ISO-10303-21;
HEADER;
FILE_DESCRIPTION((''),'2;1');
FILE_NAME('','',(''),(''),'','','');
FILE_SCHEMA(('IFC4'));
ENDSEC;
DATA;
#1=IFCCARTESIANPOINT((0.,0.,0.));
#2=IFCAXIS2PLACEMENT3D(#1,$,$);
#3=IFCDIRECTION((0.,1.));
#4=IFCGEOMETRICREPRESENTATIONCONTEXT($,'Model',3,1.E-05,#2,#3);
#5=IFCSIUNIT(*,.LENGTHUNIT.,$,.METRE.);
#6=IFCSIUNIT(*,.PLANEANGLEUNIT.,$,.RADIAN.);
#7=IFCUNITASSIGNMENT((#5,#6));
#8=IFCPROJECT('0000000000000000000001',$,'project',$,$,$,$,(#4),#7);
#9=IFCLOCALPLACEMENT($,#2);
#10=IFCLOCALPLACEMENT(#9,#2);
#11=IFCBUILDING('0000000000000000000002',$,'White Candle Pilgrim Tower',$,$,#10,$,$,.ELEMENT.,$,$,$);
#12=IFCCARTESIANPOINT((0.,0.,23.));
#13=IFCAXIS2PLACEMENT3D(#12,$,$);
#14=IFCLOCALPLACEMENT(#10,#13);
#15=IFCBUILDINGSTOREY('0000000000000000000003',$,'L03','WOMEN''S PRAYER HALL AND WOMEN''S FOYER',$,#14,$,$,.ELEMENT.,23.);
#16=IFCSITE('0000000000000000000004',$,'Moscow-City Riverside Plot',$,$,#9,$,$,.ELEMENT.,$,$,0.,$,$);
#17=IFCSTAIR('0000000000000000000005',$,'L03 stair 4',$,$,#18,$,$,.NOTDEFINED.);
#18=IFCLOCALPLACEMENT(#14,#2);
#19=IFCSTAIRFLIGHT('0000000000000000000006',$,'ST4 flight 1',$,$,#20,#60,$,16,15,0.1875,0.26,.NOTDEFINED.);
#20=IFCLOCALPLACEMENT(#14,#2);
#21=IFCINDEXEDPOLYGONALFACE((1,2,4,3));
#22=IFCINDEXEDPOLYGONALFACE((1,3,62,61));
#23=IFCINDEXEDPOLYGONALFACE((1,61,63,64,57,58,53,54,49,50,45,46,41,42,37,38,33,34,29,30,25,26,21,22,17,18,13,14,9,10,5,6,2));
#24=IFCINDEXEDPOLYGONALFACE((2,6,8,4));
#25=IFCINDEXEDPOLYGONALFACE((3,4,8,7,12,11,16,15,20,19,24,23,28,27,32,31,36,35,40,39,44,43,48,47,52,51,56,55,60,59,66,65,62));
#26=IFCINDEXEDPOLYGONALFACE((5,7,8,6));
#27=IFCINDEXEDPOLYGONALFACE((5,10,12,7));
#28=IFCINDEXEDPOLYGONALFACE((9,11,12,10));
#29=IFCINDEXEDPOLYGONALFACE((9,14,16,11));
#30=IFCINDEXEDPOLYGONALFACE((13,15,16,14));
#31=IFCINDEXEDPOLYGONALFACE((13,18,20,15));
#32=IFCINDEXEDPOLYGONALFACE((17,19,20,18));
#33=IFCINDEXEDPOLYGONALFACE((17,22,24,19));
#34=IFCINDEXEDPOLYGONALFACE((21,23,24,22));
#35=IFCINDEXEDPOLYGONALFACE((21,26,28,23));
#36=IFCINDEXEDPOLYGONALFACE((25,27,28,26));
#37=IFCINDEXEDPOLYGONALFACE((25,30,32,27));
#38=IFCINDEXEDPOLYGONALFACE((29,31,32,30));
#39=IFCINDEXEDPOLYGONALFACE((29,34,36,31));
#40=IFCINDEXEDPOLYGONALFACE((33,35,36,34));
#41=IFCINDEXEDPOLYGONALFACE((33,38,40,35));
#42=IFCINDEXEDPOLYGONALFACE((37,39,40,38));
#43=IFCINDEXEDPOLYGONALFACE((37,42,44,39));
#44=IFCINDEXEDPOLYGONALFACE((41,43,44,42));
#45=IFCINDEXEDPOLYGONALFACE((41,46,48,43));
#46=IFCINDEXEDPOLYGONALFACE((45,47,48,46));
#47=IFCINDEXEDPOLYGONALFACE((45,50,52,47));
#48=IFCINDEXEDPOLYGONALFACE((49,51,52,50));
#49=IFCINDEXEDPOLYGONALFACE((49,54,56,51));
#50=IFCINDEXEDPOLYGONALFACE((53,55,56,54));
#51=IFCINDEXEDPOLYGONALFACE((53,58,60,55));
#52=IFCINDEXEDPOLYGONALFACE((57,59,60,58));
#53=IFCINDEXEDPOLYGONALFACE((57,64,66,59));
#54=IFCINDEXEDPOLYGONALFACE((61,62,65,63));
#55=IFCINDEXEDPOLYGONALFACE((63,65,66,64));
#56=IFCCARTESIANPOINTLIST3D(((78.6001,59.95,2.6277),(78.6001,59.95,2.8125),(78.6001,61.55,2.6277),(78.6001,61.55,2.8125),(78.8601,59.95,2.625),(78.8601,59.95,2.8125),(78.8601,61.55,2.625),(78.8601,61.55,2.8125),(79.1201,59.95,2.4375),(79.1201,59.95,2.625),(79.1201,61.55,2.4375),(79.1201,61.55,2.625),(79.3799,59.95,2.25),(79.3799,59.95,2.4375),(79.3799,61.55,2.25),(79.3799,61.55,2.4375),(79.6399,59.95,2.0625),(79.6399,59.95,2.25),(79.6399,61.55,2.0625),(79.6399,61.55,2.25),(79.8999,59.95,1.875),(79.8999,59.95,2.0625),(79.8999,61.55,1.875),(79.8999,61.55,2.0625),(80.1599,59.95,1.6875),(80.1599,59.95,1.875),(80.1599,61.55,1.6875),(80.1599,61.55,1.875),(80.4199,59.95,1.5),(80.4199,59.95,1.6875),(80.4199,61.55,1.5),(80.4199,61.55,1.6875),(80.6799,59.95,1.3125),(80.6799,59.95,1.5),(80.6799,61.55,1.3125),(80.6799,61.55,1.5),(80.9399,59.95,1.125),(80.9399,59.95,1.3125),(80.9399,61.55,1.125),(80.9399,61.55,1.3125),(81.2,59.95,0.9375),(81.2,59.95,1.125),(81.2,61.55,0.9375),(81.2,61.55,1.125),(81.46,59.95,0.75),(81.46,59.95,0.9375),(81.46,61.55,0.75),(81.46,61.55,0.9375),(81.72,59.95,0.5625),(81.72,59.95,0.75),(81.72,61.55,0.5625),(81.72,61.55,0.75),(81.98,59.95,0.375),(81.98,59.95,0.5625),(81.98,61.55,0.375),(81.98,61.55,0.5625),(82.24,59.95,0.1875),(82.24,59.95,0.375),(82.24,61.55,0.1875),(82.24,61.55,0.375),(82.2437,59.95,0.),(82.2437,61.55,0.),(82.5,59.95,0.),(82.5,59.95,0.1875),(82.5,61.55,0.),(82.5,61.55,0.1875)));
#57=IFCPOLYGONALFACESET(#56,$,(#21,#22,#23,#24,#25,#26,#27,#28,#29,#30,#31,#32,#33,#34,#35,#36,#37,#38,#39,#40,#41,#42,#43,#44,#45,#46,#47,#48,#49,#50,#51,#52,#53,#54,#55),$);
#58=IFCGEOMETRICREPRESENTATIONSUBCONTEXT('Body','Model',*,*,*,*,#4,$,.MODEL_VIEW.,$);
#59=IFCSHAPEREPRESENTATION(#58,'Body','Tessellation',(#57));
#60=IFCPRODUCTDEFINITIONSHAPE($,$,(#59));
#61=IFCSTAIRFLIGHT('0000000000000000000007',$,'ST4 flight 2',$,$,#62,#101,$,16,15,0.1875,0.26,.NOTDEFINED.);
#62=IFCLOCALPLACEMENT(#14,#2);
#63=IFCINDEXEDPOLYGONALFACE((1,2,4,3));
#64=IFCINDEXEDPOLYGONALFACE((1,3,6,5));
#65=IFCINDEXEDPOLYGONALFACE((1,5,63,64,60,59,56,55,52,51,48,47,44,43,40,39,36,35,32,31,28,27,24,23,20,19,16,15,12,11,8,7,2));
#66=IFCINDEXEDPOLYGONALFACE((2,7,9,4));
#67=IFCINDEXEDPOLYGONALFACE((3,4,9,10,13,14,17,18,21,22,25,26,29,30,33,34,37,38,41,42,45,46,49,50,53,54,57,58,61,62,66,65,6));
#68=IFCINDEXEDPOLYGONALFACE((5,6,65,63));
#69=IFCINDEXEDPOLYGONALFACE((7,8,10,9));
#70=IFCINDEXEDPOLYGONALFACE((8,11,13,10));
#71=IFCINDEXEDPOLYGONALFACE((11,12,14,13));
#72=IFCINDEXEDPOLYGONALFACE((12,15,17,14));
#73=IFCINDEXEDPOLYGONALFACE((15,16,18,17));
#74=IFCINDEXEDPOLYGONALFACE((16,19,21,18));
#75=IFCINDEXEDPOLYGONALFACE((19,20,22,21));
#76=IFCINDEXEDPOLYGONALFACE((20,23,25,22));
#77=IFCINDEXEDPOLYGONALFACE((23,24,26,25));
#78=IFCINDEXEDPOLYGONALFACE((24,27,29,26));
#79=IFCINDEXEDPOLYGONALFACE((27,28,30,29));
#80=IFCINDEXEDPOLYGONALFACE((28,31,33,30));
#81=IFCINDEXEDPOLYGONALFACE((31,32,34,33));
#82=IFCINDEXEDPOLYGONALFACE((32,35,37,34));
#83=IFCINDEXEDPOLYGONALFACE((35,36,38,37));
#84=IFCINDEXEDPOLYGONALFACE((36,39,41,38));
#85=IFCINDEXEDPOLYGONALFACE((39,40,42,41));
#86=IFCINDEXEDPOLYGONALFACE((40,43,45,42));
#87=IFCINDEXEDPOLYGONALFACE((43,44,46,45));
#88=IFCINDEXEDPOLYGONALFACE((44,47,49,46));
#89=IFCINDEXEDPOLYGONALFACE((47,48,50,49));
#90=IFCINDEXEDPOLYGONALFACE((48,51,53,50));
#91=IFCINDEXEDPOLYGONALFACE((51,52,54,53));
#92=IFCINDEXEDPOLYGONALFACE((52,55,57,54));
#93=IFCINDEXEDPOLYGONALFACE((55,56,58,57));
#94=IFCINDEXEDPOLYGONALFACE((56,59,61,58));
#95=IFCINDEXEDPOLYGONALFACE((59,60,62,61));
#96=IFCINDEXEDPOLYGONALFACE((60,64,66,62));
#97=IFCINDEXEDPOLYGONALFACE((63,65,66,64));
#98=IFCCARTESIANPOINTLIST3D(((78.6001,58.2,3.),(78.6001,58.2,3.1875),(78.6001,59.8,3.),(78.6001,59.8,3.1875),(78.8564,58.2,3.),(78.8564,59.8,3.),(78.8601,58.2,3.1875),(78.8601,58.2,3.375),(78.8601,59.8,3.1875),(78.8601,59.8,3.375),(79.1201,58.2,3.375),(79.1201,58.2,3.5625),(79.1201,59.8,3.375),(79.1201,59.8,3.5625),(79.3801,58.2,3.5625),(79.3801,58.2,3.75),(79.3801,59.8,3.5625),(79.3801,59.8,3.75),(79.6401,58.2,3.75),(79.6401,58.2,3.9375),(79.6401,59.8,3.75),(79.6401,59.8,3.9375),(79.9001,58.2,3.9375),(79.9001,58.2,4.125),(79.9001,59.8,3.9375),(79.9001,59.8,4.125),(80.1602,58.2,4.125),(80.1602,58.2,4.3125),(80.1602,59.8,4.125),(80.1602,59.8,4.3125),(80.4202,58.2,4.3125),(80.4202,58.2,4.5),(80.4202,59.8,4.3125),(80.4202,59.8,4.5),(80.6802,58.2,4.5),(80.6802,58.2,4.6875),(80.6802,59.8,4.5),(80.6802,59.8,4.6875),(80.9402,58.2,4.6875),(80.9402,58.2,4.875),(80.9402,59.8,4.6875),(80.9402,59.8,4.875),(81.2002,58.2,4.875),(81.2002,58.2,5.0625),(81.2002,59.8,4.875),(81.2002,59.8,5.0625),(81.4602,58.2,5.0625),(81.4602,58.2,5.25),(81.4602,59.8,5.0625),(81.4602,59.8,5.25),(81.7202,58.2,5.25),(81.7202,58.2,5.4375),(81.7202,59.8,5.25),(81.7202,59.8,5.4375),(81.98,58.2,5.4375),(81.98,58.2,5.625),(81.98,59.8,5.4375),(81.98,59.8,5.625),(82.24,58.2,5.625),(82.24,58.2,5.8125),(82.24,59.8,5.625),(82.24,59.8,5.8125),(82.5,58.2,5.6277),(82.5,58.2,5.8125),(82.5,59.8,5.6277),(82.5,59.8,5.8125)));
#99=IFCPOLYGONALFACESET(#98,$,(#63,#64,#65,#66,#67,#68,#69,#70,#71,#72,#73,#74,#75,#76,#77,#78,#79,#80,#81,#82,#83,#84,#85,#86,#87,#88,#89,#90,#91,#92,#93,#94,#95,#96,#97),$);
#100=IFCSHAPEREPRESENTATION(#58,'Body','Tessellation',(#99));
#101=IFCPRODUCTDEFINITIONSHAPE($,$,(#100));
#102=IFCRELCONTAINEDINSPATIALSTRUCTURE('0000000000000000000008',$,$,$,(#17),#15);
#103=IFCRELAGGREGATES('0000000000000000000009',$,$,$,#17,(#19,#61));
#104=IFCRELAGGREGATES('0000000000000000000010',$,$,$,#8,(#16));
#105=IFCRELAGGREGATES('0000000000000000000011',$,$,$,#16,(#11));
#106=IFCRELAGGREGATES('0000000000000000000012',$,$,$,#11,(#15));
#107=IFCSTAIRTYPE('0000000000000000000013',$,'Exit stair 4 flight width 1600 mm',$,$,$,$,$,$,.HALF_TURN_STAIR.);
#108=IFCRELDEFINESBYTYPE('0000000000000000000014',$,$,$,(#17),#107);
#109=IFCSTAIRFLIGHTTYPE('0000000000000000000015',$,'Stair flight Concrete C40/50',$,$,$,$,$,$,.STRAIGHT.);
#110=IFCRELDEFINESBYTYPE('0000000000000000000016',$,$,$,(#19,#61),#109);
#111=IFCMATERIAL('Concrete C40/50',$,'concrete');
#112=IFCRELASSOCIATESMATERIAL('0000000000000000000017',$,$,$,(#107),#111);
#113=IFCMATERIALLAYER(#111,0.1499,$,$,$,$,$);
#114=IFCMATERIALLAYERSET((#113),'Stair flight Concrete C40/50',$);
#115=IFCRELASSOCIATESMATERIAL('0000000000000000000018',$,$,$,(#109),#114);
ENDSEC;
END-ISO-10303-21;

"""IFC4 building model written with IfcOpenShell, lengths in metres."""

from ifc_helpers import new_model, si_unit, direction, frame, origin, place, context, subcontext, project, spatial, polyline, outline, extrude, material, layer, layer_set, type_object, element, aggregate, save


model = new_model("IFC4")

# Units and contexts
model_context = context("Model", 3, precision=1e-05, world=origin(), true_north=direction((0.0, 1.0)))
body_context = subcontext(model_context, "Body", "Model", "MODEL_VIEW")
ifc_project = project(units=[si_unit("LENGTHUNIT", "METRE"), si_unit("PLANEANGLEUNIT", "RADIAN")], contexts=[model_context])

# Site, building, storey
site_placement = place(None, origin())
site = spatial("IfcSite", under=ifc_project, at=site_placement, Name="Moscow-City Riverside Plot", CompositionType="ELEMENT", RefElevation=0.0)
building_placement = place(site_placement, origin())
building = spatial("IfcBuilding", under=site, at=building_placement, Name="White Candle Pilgrim Tower", CompositionType="ELEMENT")
storey_placement = place(building_placement, frame((0.0, 0.0, 23.0)))
storey = spatial("IfcBuildingStorey", under=building, at=storey_placement, Name="L03", Description="WOMEN'S PRAYER HALL AND WOMEN'S FOYER", CompositionType="ELEMENT", Elevation=23.0)

# Stair, stair flights
ifc_material_1 = material(Name="Concrete C40/50", Category="concrete")
stair_type = type_object("IfcStairType", Name="Exit stair 4 flight width 1600 mm", PredefinedType="HALF_TURN_STAIR", material=ifc_material_1)
stair_placement = place(storey_placement, origin())
stair = element("IfcStair", 1, at=stair_placement, inside=storey, type_object=stair_type, Name="L03 stair 4", PredefinedType="NOTDEFINED")
ifc_layer_1 = layer(ifc_material_1, 0.1499)
ifc_layer_set_1 = layer_set([ifc_layer_1], Name="Stair flight Concrete C40/50")
stair_flight_type = type_object("IfcStairFlightType", Name="Stair flight Concrete C40/50", PredefinedType="STRAIGHT", material=ifc_layer_set_1)
stair_flight_1_placement = place(storey_placement, frame((82.5, 60.75, 0.0), z_axis=(0.0, 0.0, 1.0), x_axis=(-1.0, 0.0, 0.0)))
stair_flight_1 = element("IfcStairFlight", 2, at=stair_flight_1_placement, type_object=stair_flight_type, Name="ST4 flight 1", NumberOfRisers=16, NumberOfTreads=15, PredefinedType="NOTDEFINED", RiserHeight=0.1875, TreadLength=0.26, context=body_context, shape_type="SweptSolid", body=[
    extrude(outline(polyline([(0.0, 0.0), (0.0, 0.1875), (0.26, 0.1875), (0.26, 0.375), (0.52, 0.375), (0.52, 0.5625), (0.78, 0.5625), (0.78, 0.75), (1.04, 0.75), (1.04, 0.9375), (1.3, 0.9375), (1.3, 1.125), (1.5601, 1.125), (1.5601, 1.3125), (1.8201, 1.3125), (1.8201, 1.5), (2.0801, 1.5), (2.0801, 1.6875), (2.3401, 1.6875), (2.3401, 1.875), (2.6001, 1.875), (2.6001, 2.0625), (2.8601, 2.0625), (2.8601, 2.25), (3.1201, 2.25), (3.1201, 2.4375), (3.3799, 2.4375), (3.3799, 2.625), (3.6399, 2.625), (3.6399, 2.8125), (3.8999, 2.8125), (3.8999, 3.0), (3.8999, 2.6277), (0.2563, 0.0), (0.0, 0.0)])), frame((0.0, 0.8, 0.0), z_axis=(0.0, -1.0, 0.0), x_axis=(1.0, 0.0, 0.0)), (0.0, 0.0, 1.0), 1.6001),
])
stair_flight_2_placement = place(storey_placement, frame((78.6001, 59.0, 3.0), z_axis=(0.0, 0.0, 1.0), x_axis=(1.0, 0.0, 0.0)))
stair_flight_2 = element("IfcStairFlight", 3, at=stair_flight_2_placement, type_object=stair_flight_type, Name="ST4 flight 2", NumberOfRisers=16, NumberOfTreads=15, PredefinedType="NOTDEFINED", RiserHeight=0.1875, TreadLength=0.26, context=body_context, shape_type="SweptSolid", body=[
    extrude(outline(polyline([(0.0, 0.0), (0.0, 0.1875), (0.26, 0.1875), (0.26, 0.375), (0.52, 0.375), (0.52, 0.5625), (0.78, 0.5625), (0.78, 0.75), (1.04, 0.75), (1.04, 0.9375), (1.3, 0.9375), (1.3, 1.125), (1.5601, 1.125), (1.5601, 1.3125), (1.8201, 1.3125), (1.8201, 1.5), (2.0801, 1.5), (2.0801, 1.6875), (2.3401, 1.6875), (2.3401, 1.875), (2.6001, 1.875), (2.6001, 2.0625), (2.8601, 2.0625), (2.8601, 2.25), (3.1201, 2.25), (3.1201, 2.4375), (3.3799, 2.4375), (3.3799, 2.625), (3.6399, 2.625), (3.6399, 2.8125), (3.8999, 2.8125), (3.8999, 3.0), (3.8999, 2.6277), (0.2563, 0.0), (0.0, 0.0)])), frame((0.0, 0.8, 0.0), z_axis=(0.0, -1.0, 0.0), x_axis=(1.0, 0.0, 0.0)), (0.0, 0.0, 1.0), 1.6001),
])
aggregate(stair, [stair_flight_1, stair_flight_2])

save(model, "model.ifc")
